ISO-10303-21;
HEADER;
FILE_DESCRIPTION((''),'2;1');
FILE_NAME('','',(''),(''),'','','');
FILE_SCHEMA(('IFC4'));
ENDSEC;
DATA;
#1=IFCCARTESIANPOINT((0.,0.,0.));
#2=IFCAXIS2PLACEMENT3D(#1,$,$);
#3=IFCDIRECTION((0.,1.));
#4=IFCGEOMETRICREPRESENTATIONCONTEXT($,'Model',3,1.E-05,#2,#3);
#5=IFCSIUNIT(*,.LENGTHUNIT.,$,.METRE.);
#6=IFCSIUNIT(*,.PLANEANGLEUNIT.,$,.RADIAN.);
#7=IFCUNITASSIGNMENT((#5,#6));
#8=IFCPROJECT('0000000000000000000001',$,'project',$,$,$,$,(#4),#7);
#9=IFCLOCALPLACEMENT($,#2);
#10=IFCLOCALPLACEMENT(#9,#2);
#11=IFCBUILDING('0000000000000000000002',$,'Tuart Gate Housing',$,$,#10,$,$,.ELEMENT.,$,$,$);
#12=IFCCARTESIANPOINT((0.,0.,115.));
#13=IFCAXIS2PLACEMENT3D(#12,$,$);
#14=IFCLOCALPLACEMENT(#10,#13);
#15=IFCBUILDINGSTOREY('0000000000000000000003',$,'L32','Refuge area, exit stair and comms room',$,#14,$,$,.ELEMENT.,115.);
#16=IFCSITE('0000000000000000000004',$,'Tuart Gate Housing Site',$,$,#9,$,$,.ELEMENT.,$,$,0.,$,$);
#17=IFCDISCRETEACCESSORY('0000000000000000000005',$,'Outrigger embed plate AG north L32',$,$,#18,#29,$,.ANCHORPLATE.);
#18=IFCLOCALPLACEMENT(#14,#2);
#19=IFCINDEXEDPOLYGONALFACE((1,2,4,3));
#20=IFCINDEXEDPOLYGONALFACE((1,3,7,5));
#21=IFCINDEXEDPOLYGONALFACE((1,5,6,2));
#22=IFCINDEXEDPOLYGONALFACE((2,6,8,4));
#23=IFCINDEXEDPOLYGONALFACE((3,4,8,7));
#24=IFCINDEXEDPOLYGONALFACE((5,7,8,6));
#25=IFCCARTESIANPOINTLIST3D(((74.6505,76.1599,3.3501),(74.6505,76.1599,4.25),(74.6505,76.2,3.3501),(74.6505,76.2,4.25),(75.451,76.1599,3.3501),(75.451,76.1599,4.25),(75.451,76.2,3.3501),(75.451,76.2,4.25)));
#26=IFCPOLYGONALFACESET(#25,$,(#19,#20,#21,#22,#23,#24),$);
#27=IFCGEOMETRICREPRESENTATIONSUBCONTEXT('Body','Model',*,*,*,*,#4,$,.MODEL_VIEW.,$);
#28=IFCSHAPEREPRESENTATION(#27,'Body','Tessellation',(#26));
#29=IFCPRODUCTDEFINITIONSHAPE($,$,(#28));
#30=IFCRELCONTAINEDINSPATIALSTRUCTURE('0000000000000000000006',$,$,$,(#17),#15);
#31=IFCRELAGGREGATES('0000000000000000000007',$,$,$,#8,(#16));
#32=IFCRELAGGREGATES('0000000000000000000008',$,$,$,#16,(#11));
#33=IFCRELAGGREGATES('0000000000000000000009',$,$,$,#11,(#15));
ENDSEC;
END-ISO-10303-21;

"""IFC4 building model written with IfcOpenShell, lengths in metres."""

from ifc_helpers import new_model, si_unit, direction, frame, origin, origin_2d, place, context, subcontext, project, spatial, rectangle, extrude, element, save


model = new_model("IFC4")

# Units and contexts
model_context = context("Model", 3, precision=1e-05, world=origin(), true_north=direction((0.0, 1.0)))
body_context = subcontext(model_context, "Body", "Model", "MODEL_VIEW")
ifc_project = project(units=[si_unit("LENGTHUNIT", "METRE"), si_unit("PLANEANGLEUNIT", "RADIAN")], contexts=[model_context])

# Site, building, storey
site_placement = place(None, origin())
site = spatial("IfcSite", under=ifc_project, at=site_placement, Name="Tuart Gate Housing Site", CompositionType="ELEMENT", RefElevation=0.0)
building_placement = place(site_placement, origin())
building = spatial("IfcBuilding", under=site, at=building_placement, Name="Tuart Gate Housing", CompositionType="ELEMENT")
storey_placement = place(building_placement, frame((0.0, 0.0, 115.0)))
storey = spatial("IfcBuildingStorey", under=building, at=storey_placement, Name="L32", Description="Refuge area, exit stair and comms room", CompositionType="ELEMENT", Elevation=115.0)

# Discrete accessory
discrete_accessory_placement = place(storey_placement, frame((75.0508, 76.1799, 3.3501), z_axis=(0.0, 0.0, 1.0), x_axis=(1.0, 0.0, 0.0)))
element("IfcDiscreteAccessory", 1, at=discrete_accessory_placement, inside=storey, Name="Outrigger embed plate AG north L32", PredefinedType="ANCHORPLATE", context=body_context, shape_type="SweptSolid", body=[
    extrude(rectangle(XDim=0.8005, YDim=0.04, at=origin_2d()), origin(), (0.0, 0.0, 1.0), 0.8999),
])

save(model, "model.ifc")
